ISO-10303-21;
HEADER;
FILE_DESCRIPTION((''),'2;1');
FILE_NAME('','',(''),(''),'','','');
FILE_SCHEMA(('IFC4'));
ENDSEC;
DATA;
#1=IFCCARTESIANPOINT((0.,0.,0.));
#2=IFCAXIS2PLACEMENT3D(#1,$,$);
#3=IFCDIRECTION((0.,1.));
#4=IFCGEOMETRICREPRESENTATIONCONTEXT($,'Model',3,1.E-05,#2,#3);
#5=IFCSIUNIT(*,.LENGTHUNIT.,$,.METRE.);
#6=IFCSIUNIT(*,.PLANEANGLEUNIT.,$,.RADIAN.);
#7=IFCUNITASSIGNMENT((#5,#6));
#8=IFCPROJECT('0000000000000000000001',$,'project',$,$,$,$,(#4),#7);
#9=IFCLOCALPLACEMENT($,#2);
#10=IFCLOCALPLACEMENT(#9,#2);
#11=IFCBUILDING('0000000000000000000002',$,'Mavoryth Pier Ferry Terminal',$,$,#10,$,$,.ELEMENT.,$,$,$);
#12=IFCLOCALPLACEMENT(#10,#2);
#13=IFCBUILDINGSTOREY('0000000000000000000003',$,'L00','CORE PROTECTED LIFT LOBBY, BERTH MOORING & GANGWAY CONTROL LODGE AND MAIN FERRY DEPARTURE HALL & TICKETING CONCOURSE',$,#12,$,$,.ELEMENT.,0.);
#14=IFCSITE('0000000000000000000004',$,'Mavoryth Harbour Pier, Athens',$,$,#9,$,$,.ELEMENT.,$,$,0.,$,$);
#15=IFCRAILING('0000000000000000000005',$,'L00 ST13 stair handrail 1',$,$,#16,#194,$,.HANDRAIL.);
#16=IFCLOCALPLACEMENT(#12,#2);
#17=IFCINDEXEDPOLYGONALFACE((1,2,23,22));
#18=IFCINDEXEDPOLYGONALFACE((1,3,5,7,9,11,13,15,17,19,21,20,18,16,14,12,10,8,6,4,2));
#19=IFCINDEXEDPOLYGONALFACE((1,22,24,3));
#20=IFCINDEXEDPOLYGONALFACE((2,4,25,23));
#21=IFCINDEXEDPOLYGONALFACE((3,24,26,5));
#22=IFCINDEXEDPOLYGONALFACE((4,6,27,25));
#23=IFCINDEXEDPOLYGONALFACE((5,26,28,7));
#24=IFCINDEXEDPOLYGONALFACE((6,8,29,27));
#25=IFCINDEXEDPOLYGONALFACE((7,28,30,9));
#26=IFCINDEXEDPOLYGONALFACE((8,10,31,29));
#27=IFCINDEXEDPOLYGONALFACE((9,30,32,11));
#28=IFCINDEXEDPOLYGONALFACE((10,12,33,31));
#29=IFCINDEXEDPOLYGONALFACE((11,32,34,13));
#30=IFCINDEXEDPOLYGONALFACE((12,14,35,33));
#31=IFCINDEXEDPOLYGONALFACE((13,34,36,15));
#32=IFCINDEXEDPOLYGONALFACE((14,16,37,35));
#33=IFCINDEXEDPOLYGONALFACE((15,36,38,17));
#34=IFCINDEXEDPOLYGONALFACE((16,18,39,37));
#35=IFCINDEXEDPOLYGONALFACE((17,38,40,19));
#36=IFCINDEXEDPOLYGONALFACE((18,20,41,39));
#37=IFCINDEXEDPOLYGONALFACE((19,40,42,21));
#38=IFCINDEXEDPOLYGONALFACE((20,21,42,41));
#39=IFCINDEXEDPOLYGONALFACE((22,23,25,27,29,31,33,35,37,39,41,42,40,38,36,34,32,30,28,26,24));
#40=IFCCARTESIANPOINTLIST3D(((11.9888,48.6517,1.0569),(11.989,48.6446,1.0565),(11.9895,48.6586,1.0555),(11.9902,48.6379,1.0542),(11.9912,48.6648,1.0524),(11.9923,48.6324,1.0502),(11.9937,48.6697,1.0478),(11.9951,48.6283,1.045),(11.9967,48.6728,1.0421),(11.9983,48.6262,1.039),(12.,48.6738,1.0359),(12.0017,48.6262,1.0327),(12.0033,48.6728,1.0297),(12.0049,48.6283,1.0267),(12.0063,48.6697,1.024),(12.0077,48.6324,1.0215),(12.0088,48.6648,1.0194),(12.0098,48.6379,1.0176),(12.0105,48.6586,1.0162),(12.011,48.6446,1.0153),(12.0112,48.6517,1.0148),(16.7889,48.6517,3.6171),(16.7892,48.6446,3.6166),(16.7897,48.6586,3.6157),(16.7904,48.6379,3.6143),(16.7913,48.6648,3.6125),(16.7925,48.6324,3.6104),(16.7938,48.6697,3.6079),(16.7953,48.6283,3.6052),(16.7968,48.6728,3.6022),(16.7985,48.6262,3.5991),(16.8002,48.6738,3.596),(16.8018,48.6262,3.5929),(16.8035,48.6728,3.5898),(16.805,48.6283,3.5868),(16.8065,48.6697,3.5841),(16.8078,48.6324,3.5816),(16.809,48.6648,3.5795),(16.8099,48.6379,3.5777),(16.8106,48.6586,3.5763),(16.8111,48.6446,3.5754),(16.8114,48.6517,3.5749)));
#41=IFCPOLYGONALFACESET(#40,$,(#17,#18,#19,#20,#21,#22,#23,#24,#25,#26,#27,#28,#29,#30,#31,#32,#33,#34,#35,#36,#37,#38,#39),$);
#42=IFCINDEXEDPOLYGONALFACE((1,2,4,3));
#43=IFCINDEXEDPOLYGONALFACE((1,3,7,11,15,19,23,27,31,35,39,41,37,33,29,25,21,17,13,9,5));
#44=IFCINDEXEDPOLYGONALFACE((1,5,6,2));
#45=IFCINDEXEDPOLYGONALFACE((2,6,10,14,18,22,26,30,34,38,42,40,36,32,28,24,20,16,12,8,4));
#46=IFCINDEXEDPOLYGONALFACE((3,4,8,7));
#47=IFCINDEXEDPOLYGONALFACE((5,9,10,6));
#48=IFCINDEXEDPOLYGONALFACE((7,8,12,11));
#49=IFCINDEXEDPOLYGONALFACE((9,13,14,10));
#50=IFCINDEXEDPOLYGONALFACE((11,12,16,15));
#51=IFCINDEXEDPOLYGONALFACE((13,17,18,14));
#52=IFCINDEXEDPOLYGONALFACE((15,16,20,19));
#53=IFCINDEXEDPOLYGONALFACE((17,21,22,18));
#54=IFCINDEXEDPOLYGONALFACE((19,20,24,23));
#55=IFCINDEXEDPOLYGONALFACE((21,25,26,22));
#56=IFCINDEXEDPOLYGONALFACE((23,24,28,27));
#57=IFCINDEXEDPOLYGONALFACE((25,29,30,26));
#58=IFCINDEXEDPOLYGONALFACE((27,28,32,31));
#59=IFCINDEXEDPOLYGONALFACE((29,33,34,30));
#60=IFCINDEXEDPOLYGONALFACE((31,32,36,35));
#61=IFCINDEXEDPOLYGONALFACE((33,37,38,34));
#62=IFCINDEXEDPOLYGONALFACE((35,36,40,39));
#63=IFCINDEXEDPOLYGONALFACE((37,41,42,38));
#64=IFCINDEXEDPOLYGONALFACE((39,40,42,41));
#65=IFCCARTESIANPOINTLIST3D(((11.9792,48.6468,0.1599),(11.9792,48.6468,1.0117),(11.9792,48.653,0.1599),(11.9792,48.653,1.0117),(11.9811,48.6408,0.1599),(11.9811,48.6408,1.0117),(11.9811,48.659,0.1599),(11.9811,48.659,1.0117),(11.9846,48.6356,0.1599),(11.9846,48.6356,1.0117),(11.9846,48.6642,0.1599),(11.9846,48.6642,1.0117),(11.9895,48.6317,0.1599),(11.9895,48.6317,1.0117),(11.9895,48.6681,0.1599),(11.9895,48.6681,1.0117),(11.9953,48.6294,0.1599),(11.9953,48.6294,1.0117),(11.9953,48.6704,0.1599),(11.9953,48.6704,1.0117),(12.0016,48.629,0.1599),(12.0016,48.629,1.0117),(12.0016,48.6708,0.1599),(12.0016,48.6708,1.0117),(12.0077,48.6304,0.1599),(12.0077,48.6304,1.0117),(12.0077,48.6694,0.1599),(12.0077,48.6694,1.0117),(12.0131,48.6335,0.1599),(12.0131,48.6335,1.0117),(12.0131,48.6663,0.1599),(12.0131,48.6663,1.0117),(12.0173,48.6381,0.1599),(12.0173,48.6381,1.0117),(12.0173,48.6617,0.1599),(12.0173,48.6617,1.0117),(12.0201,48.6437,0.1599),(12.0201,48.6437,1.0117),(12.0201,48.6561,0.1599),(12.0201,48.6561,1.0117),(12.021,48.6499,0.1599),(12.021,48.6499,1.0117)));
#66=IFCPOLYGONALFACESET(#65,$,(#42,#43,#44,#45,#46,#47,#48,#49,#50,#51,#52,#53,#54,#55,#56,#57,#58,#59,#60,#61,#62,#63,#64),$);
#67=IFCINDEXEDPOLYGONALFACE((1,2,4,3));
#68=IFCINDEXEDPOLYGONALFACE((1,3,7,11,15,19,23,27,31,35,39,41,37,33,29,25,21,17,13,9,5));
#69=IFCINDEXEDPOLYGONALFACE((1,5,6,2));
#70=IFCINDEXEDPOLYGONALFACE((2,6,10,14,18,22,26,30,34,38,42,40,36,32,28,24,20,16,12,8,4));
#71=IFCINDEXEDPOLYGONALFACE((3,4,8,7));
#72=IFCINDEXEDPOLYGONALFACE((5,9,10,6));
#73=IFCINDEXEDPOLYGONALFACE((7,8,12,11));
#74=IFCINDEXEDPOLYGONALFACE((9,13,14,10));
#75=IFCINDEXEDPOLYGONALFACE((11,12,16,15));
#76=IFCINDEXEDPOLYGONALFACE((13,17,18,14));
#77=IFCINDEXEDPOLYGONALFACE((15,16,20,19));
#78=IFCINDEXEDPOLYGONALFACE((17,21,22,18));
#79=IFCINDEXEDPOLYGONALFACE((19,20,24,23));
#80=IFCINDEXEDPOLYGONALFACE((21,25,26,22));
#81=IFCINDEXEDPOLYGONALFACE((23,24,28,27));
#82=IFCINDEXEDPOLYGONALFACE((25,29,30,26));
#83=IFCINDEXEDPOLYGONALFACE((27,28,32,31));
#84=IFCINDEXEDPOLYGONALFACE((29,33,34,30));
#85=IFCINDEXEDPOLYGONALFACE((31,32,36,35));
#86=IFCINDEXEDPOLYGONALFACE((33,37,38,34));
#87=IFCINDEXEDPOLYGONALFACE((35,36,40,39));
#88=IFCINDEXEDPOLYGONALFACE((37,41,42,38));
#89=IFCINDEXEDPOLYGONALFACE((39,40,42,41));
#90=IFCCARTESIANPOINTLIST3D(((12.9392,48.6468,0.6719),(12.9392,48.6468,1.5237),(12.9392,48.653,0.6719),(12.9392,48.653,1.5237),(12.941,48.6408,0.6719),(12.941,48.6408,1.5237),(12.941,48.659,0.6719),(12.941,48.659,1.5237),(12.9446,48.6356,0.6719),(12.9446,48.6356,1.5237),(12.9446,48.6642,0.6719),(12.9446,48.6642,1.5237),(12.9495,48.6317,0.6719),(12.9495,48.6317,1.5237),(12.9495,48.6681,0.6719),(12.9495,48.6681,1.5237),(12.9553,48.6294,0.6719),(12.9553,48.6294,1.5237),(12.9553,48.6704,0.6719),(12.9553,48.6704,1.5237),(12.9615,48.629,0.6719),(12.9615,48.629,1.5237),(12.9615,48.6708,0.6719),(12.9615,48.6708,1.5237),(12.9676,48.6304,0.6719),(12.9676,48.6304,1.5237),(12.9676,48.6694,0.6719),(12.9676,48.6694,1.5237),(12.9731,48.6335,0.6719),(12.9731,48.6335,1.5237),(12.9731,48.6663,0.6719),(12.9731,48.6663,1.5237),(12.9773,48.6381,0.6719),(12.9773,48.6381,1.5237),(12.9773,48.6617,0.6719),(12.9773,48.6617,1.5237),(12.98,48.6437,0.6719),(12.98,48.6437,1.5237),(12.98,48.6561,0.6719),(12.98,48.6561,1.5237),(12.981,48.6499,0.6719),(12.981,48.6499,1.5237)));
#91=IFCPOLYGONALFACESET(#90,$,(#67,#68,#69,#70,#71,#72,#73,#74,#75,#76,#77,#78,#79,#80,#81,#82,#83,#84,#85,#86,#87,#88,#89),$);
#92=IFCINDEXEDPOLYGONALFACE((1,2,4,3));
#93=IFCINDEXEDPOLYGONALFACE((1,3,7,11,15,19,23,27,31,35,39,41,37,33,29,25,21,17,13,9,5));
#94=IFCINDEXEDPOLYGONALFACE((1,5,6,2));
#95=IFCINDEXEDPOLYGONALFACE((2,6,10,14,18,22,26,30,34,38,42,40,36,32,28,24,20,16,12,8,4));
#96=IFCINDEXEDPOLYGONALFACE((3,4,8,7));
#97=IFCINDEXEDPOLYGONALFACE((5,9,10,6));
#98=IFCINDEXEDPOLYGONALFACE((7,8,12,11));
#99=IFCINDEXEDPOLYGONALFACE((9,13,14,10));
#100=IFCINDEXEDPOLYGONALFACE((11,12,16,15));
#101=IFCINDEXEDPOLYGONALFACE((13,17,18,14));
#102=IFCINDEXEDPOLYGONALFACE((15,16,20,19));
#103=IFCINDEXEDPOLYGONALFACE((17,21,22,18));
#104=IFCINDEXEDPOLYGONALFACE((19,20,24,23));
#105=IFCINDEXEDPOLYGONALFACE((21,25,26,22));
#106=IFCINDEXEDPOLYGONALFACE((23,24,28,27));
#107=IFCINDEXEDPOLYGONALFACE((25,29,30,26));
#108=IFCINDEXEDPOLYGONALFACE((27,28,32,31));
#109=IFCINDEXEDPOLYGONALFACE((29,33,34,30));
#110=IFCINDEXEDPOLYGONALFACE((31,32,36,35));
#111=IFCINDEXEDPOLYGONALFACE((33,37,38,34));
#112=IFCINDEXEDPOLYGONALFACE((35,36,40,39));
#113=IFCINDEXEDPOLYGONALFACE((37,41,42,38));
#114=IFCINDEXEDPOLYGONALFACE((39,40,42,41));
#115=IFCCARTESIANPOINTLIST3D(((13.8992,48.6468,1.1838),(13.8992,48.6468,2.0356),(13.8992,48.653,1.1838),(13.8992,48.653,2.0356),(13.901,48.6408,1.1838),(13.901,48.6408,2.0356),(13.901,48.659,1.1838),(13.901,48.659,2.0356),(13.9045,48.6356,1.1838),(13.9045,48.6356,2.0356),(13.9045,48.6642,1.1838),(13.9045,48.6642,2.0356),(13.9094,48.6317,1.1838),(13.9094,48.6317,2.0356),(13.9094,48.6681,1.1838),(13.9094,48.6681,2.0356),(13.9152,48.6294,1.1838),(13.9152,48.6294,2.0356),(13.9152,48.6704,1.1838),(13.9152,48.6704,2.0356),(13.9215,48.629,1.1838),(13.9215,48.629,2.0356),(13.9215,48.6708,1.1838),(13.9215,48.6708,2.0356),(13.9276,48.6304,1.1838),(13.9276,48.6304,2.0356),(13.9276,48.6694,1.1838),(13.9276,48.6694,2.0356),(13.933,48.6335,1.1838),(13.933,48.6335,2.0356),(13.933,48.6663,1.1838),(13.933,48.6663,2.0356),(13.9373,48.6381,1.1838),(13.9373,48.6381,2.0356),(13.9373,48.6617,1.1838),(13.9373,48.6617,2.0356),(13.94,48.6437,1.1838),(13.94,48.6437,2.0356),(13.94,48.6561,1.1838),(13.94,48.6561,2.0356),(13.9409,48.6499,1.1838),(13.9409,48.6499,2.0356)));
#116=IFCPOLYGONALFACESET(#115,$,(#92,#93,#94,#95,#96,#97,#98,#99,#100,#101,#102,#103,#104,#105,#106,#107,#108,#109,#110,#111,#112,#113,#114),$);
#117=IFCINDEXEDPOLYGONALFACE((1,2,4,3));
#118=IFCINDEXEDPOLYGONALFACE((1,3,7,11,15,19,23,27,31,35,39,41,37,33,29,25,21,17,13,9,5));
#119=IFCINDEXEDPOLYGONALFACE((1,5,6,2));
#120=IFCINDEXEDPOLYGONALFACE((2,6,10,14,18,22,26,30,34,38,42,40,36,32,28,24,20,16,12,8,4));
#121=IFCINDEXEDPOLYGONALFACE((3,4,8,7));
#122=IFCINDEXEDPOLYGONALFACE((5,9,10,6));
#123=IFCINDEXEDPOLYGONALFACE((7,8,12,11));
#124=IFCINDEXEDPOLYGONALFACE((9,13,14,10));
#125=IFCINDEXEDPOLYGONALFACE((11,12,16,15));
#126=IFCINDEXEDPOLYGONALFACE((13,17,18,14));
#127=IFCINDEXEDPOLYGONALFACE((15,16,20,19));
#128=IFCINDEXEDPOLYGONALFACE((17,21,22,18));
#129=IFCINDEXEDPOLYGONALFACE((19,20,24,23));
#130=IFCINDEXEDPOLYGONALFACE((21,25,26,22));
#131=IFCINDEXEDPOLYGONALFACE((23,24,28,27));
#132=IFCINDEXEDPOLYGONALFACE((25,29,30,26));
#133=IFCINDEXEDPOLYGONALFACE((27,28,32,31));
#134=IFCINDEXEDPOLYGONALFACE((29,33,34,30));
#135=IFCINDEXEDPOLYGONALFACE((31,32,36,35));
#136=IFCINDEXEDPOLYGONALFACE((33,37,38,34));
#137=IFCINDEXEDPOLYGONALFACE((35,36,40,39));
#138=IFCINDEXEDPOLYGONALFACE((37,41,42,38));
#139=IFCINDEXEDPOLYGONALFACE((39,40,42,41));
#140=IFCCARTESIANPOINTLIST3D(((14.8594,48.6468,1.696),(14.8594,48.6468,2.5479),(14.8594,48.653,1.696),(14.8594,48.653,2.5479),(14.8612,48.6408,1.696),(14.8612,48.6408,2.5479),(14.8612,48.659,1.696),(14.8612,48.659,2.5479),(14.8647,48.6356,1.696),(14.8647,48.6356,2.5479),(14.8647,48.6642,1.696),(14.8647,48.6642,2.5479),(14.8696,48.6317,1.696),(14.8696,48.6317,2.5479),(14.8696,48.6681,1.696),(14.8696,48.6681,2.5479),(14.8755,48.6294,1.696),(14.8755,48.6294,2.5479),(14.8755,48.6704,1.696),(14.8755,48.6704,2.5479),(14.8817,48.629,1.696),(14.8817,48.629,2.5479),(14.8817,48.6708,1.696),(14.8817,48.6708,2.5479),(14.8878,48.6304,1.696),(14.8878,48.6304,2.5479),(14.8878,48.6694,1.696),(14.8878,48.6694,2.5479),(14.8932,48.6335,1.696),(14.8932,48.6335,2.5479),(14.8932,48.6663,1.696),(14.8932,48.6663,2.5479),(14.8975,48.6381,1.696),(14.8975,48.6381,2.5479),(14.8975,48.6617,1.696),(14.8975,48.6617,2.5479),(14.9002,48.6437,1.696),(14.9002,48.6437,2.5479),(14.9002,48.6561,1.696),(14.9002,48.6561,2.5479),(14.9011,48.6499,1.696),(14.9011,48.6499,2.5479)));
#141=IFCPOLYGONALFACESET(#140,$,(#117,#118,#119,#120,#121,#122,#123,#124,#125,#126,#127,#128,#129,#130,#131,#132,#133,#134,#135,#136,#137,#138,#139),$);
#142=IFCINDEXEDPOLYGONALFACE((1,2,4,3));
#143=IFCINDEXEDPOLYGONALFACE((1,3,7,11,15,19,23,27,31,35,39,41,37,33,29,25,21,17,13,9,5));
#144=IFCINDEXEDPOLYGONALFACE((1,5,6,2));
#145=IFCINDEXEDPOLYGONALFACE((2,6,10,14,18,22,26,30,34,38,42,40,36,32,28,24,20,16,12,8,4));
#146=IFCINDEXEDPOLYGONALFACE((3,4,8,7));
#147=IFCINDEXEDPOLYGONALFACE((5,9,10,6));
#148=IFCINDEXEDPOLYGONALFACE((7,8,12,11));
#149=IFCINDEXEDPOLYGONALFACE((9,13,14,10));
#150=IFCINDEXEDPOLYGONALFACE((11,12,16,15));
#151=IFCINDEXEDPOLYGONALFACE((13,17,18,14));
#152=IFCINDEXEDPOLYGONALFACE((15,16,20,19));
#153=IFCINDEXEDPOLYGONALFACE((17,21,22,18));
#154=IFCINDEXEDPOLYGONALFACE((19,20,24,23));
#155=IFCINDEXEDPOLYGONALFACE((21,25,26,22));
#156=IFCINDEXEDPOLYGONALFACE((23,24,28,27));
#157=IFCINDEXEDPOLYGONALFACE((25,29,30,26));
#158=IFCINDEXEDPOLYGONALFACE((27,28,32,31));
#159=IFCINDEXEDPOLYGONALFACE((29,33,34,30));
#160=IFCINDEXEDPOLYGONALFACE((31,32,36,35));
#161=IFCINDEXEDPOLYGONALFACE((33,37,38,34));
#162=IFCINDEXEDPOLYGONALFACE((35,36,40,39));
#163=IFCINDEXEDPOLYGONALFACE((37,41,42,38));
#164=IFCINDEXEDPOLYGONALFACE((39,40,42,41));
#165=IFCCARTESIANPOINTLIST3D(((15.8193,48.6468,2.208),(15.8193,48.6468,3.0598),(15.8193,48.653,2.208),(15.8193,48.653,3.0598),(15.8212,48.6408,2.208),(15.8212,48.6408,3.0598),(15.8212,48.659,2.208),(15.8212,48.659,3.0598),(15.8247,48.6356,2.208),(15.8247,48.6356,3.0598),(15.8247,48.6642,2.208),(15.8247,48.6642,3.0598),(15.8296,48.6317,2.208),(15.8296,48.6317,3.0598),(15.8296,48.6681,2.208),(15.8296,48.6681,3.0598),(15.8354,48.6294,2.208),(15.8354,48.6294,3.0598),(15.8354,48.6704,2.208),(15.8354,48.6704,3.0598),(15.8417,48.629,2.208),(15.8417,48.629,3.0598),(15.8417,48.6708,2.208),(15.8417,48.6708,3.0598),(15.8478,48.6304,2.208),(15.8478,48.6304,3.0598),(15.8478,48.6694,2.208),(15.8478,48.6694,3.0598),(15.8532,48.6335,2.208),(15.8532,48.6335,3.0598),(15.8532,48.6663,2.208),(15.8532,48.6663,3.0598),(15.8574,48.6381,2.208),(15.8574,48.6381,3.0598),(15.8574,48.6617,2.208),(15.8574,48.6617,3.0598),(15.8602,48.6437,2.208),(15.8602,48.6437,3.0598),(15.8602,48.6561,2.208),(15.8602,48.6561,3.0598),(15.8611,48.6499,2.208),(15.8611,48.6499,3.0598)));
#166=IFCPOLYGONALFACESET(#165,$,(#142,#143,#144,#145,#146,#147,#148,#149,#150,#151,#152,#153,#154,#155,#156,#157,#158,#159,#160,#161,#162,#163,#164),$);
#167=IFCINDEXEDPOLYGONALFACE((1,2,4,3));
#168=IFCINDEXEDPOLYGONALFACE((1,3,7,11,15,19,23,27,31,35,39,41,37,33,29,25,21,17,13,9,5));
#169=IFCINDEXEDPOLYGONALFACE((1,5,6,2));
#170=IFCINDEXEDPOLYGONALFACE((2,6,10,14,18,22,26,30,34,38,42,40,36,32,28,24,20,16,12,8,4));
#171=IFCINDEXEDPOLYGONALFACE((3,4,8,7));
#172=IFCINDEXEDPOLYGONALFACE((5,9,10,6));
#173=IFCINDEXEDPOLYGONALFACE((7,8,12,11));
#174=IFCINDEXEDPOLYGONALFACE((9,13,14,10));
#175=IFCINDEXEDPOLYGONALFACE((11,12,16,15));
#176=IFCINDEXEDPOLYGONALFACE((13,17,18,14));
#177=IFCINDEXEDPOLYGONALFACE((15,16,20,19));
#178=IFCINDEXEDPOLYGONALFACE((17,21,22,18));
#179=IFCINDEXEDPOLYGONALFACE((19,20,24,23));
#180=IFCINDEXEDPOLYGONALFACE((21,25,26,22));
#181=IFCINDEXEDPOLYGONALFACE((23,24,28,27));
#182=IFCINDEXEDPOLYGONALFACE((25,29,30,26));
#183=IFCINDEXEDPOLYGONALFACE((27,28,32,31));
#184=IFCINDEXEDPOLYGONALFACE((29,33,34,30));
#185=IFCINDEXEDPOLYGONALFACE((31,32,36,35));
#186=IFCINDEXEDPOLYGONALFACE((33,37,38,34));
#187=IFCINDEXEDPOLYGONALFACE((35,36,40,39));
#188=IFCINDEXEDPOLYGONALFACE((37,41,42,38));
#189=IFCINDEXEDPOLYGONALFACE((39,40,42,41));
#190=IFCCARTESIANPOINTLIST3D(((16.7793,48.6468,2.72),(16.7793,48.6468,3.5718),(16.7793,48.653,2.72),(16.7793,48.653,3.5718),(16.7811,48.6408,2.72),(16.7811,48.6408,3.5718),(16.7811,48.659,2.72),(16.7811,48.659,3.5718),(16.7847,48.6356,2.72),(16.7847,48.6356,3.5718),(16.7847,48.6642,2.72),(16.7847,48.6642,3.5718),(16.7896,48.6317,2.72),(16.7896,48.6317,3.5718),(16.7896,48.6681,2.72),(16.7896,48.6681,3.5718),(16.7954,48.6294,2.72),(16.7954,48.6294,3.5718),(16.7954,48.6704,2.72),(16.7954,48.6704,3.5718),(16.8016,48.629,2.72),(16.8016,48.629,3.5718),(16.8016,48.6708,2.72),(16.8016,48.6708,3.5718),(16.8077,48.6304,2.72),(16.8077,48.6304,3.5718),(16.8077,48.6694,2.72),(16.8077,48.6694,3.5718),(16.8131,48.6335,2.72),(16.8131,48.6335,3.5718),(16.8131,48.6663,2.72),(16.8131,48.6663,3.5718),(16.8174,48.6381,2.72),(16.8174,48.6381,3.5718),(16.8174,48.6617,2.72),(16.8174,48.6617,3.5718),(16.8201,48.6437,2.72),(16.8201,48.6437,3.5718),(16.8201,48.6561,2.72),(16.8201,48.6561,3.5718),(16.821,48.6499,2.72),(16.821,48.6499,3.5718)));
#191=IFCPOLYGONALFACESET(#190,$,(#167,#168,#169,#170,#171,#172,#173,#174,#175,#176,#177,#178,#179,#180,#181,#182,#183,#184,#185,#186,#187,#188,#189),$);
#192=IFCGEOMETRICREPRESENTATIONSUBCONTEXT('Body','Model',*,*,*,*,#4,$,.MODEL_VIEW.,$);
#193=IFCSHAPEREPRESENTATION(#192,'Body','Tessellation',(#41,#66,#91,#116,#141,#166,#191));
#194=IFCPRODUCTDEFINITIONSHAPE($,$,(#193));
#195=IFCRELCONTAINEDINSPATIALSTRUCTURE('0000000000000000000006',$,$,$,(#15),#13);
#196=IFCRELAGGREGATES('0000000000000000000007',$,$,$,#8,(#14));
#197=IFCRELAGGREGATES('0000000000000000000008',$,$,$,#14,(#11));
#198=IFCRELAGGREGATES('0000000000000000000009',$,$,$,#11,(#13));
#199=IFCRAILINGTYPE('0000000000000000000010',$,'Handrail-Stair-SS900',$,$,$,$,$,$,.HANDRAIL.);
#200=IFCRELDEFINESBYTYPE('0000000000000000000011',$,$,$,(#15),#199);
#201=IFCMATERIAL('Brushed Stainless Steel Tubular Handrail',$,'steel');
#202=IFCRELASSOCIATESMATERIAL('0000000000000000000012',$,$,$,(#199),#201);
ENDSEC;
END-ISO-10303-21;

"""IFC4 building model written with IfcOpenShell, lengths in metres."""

from ifc_helpers import new_model, si_unit, direction, frame, origin, origin_2d, place, context, subcontext, project, spatial, circle, extrude, material, type_object, element, save


model = new_model("IFC4")

# Units and contexts
model_context = context("Model", 3, precision=1e-05, world=origin(), true_north=direction((0.0, 1.0)))
body_context = subcontext(model_context, "Body", "Model", "MODEL_VIEW")
ifc_project = project(units=[si_unit("LENGTHUNIT", "METRE"), si_unit("PLANEANGLEUNIT", "RADIAN")], contexts=[model_context])

# Site, building, storey
site_placement = place(None, origin())
site = spatial("IfcSite", under=ifc_project, at=site_placement, Name="Mavoryth Harbour Pier, Athens", CompositionType="ELEMENT", RefElevation=0.0)
building_placement = place(site_placement, origin())
building = spatial("IfcBuilding", under=site, at=building_placement, Name="Mavoryth Pier Ferry Terminal", CompositionType="ELEMENT")
storey_placement = place(building_placement, origin())
storey = spatial("IfcBuildingStorey", under=building, at=storey_placement, Name="L00", Description="CORE PROTECTED LIFT LOBBY, BERTH MOORING & GANGWAY CONTROL LODGE AND MAIN FERRY DEPARTURE HALL & TICKETING CONCOURSE", CompositionType="ELEMENT", Elevation=0.0)

# Railing
ifc_material_1 = material(Name="Brushed Stainless Steel Tubular Handrail", Category="steel")
railing_type_1 = type_object("IfcRailingType", Name="Handrail-Stair-SS900", PredefinedType="HANDRAIL", material=ifc_material_1)
railing_1_placement = place(storey_placement, frame((12.0, 48.6499, 0.1599)))
element("IfcRailing", 1, at=railing_1_placement, inside=storey, type_object=railing_type_1, Name="L00 ST13 stair handrail 1", PredefinedType="HANDRAIL", context=body_context, shape_type="SweptSolid", body=[
    extrude(circle(Radius=0.0239, at=origin_2d()), frame((0.0, 0.0, 0.876), z_axis=(0.88235, 0.0, 0.470593), x_axis=(0.0, 1.0, 0.0)), (0.0, 0.0, 1.0), 5.4402),
    extrude(circle(Radius=0.021, at=origin_2d()), origin(), (0.0, 0.0, 1.0), 0.8518),
    extrude(circle(Radius=0.021, at=origin_2d()), frame((0.96, 0.0, 0.512)), (0.0, 0.0, 1.0), 0.8518),
    extrude(circle(Radius=0.021, at=origin_2d()), frame((1.9199, 0.0, 1.0239)), (0.0, 0.0, 1.0), 0.8518),
    extrude(circle(Radius=0.021, at=origin_2d()), frame((2.8801, 0.0, 1.5361)), (0.0, 0.0, 1.0), 0.8518),
    extrude(circle(Radius=0.021, at=origin_2d()), frame((3.8401, 0.0, 2.0481)), (0.0, 0.0, 1.0), 0.8518),
    extrude(circle(Radius=0.021, at=origin_2d()), frame((4.8, 0.0, 2.5601)), (0.0, 0.0, 1.0), 0.8518),
])

save(model, "model.ifc")
